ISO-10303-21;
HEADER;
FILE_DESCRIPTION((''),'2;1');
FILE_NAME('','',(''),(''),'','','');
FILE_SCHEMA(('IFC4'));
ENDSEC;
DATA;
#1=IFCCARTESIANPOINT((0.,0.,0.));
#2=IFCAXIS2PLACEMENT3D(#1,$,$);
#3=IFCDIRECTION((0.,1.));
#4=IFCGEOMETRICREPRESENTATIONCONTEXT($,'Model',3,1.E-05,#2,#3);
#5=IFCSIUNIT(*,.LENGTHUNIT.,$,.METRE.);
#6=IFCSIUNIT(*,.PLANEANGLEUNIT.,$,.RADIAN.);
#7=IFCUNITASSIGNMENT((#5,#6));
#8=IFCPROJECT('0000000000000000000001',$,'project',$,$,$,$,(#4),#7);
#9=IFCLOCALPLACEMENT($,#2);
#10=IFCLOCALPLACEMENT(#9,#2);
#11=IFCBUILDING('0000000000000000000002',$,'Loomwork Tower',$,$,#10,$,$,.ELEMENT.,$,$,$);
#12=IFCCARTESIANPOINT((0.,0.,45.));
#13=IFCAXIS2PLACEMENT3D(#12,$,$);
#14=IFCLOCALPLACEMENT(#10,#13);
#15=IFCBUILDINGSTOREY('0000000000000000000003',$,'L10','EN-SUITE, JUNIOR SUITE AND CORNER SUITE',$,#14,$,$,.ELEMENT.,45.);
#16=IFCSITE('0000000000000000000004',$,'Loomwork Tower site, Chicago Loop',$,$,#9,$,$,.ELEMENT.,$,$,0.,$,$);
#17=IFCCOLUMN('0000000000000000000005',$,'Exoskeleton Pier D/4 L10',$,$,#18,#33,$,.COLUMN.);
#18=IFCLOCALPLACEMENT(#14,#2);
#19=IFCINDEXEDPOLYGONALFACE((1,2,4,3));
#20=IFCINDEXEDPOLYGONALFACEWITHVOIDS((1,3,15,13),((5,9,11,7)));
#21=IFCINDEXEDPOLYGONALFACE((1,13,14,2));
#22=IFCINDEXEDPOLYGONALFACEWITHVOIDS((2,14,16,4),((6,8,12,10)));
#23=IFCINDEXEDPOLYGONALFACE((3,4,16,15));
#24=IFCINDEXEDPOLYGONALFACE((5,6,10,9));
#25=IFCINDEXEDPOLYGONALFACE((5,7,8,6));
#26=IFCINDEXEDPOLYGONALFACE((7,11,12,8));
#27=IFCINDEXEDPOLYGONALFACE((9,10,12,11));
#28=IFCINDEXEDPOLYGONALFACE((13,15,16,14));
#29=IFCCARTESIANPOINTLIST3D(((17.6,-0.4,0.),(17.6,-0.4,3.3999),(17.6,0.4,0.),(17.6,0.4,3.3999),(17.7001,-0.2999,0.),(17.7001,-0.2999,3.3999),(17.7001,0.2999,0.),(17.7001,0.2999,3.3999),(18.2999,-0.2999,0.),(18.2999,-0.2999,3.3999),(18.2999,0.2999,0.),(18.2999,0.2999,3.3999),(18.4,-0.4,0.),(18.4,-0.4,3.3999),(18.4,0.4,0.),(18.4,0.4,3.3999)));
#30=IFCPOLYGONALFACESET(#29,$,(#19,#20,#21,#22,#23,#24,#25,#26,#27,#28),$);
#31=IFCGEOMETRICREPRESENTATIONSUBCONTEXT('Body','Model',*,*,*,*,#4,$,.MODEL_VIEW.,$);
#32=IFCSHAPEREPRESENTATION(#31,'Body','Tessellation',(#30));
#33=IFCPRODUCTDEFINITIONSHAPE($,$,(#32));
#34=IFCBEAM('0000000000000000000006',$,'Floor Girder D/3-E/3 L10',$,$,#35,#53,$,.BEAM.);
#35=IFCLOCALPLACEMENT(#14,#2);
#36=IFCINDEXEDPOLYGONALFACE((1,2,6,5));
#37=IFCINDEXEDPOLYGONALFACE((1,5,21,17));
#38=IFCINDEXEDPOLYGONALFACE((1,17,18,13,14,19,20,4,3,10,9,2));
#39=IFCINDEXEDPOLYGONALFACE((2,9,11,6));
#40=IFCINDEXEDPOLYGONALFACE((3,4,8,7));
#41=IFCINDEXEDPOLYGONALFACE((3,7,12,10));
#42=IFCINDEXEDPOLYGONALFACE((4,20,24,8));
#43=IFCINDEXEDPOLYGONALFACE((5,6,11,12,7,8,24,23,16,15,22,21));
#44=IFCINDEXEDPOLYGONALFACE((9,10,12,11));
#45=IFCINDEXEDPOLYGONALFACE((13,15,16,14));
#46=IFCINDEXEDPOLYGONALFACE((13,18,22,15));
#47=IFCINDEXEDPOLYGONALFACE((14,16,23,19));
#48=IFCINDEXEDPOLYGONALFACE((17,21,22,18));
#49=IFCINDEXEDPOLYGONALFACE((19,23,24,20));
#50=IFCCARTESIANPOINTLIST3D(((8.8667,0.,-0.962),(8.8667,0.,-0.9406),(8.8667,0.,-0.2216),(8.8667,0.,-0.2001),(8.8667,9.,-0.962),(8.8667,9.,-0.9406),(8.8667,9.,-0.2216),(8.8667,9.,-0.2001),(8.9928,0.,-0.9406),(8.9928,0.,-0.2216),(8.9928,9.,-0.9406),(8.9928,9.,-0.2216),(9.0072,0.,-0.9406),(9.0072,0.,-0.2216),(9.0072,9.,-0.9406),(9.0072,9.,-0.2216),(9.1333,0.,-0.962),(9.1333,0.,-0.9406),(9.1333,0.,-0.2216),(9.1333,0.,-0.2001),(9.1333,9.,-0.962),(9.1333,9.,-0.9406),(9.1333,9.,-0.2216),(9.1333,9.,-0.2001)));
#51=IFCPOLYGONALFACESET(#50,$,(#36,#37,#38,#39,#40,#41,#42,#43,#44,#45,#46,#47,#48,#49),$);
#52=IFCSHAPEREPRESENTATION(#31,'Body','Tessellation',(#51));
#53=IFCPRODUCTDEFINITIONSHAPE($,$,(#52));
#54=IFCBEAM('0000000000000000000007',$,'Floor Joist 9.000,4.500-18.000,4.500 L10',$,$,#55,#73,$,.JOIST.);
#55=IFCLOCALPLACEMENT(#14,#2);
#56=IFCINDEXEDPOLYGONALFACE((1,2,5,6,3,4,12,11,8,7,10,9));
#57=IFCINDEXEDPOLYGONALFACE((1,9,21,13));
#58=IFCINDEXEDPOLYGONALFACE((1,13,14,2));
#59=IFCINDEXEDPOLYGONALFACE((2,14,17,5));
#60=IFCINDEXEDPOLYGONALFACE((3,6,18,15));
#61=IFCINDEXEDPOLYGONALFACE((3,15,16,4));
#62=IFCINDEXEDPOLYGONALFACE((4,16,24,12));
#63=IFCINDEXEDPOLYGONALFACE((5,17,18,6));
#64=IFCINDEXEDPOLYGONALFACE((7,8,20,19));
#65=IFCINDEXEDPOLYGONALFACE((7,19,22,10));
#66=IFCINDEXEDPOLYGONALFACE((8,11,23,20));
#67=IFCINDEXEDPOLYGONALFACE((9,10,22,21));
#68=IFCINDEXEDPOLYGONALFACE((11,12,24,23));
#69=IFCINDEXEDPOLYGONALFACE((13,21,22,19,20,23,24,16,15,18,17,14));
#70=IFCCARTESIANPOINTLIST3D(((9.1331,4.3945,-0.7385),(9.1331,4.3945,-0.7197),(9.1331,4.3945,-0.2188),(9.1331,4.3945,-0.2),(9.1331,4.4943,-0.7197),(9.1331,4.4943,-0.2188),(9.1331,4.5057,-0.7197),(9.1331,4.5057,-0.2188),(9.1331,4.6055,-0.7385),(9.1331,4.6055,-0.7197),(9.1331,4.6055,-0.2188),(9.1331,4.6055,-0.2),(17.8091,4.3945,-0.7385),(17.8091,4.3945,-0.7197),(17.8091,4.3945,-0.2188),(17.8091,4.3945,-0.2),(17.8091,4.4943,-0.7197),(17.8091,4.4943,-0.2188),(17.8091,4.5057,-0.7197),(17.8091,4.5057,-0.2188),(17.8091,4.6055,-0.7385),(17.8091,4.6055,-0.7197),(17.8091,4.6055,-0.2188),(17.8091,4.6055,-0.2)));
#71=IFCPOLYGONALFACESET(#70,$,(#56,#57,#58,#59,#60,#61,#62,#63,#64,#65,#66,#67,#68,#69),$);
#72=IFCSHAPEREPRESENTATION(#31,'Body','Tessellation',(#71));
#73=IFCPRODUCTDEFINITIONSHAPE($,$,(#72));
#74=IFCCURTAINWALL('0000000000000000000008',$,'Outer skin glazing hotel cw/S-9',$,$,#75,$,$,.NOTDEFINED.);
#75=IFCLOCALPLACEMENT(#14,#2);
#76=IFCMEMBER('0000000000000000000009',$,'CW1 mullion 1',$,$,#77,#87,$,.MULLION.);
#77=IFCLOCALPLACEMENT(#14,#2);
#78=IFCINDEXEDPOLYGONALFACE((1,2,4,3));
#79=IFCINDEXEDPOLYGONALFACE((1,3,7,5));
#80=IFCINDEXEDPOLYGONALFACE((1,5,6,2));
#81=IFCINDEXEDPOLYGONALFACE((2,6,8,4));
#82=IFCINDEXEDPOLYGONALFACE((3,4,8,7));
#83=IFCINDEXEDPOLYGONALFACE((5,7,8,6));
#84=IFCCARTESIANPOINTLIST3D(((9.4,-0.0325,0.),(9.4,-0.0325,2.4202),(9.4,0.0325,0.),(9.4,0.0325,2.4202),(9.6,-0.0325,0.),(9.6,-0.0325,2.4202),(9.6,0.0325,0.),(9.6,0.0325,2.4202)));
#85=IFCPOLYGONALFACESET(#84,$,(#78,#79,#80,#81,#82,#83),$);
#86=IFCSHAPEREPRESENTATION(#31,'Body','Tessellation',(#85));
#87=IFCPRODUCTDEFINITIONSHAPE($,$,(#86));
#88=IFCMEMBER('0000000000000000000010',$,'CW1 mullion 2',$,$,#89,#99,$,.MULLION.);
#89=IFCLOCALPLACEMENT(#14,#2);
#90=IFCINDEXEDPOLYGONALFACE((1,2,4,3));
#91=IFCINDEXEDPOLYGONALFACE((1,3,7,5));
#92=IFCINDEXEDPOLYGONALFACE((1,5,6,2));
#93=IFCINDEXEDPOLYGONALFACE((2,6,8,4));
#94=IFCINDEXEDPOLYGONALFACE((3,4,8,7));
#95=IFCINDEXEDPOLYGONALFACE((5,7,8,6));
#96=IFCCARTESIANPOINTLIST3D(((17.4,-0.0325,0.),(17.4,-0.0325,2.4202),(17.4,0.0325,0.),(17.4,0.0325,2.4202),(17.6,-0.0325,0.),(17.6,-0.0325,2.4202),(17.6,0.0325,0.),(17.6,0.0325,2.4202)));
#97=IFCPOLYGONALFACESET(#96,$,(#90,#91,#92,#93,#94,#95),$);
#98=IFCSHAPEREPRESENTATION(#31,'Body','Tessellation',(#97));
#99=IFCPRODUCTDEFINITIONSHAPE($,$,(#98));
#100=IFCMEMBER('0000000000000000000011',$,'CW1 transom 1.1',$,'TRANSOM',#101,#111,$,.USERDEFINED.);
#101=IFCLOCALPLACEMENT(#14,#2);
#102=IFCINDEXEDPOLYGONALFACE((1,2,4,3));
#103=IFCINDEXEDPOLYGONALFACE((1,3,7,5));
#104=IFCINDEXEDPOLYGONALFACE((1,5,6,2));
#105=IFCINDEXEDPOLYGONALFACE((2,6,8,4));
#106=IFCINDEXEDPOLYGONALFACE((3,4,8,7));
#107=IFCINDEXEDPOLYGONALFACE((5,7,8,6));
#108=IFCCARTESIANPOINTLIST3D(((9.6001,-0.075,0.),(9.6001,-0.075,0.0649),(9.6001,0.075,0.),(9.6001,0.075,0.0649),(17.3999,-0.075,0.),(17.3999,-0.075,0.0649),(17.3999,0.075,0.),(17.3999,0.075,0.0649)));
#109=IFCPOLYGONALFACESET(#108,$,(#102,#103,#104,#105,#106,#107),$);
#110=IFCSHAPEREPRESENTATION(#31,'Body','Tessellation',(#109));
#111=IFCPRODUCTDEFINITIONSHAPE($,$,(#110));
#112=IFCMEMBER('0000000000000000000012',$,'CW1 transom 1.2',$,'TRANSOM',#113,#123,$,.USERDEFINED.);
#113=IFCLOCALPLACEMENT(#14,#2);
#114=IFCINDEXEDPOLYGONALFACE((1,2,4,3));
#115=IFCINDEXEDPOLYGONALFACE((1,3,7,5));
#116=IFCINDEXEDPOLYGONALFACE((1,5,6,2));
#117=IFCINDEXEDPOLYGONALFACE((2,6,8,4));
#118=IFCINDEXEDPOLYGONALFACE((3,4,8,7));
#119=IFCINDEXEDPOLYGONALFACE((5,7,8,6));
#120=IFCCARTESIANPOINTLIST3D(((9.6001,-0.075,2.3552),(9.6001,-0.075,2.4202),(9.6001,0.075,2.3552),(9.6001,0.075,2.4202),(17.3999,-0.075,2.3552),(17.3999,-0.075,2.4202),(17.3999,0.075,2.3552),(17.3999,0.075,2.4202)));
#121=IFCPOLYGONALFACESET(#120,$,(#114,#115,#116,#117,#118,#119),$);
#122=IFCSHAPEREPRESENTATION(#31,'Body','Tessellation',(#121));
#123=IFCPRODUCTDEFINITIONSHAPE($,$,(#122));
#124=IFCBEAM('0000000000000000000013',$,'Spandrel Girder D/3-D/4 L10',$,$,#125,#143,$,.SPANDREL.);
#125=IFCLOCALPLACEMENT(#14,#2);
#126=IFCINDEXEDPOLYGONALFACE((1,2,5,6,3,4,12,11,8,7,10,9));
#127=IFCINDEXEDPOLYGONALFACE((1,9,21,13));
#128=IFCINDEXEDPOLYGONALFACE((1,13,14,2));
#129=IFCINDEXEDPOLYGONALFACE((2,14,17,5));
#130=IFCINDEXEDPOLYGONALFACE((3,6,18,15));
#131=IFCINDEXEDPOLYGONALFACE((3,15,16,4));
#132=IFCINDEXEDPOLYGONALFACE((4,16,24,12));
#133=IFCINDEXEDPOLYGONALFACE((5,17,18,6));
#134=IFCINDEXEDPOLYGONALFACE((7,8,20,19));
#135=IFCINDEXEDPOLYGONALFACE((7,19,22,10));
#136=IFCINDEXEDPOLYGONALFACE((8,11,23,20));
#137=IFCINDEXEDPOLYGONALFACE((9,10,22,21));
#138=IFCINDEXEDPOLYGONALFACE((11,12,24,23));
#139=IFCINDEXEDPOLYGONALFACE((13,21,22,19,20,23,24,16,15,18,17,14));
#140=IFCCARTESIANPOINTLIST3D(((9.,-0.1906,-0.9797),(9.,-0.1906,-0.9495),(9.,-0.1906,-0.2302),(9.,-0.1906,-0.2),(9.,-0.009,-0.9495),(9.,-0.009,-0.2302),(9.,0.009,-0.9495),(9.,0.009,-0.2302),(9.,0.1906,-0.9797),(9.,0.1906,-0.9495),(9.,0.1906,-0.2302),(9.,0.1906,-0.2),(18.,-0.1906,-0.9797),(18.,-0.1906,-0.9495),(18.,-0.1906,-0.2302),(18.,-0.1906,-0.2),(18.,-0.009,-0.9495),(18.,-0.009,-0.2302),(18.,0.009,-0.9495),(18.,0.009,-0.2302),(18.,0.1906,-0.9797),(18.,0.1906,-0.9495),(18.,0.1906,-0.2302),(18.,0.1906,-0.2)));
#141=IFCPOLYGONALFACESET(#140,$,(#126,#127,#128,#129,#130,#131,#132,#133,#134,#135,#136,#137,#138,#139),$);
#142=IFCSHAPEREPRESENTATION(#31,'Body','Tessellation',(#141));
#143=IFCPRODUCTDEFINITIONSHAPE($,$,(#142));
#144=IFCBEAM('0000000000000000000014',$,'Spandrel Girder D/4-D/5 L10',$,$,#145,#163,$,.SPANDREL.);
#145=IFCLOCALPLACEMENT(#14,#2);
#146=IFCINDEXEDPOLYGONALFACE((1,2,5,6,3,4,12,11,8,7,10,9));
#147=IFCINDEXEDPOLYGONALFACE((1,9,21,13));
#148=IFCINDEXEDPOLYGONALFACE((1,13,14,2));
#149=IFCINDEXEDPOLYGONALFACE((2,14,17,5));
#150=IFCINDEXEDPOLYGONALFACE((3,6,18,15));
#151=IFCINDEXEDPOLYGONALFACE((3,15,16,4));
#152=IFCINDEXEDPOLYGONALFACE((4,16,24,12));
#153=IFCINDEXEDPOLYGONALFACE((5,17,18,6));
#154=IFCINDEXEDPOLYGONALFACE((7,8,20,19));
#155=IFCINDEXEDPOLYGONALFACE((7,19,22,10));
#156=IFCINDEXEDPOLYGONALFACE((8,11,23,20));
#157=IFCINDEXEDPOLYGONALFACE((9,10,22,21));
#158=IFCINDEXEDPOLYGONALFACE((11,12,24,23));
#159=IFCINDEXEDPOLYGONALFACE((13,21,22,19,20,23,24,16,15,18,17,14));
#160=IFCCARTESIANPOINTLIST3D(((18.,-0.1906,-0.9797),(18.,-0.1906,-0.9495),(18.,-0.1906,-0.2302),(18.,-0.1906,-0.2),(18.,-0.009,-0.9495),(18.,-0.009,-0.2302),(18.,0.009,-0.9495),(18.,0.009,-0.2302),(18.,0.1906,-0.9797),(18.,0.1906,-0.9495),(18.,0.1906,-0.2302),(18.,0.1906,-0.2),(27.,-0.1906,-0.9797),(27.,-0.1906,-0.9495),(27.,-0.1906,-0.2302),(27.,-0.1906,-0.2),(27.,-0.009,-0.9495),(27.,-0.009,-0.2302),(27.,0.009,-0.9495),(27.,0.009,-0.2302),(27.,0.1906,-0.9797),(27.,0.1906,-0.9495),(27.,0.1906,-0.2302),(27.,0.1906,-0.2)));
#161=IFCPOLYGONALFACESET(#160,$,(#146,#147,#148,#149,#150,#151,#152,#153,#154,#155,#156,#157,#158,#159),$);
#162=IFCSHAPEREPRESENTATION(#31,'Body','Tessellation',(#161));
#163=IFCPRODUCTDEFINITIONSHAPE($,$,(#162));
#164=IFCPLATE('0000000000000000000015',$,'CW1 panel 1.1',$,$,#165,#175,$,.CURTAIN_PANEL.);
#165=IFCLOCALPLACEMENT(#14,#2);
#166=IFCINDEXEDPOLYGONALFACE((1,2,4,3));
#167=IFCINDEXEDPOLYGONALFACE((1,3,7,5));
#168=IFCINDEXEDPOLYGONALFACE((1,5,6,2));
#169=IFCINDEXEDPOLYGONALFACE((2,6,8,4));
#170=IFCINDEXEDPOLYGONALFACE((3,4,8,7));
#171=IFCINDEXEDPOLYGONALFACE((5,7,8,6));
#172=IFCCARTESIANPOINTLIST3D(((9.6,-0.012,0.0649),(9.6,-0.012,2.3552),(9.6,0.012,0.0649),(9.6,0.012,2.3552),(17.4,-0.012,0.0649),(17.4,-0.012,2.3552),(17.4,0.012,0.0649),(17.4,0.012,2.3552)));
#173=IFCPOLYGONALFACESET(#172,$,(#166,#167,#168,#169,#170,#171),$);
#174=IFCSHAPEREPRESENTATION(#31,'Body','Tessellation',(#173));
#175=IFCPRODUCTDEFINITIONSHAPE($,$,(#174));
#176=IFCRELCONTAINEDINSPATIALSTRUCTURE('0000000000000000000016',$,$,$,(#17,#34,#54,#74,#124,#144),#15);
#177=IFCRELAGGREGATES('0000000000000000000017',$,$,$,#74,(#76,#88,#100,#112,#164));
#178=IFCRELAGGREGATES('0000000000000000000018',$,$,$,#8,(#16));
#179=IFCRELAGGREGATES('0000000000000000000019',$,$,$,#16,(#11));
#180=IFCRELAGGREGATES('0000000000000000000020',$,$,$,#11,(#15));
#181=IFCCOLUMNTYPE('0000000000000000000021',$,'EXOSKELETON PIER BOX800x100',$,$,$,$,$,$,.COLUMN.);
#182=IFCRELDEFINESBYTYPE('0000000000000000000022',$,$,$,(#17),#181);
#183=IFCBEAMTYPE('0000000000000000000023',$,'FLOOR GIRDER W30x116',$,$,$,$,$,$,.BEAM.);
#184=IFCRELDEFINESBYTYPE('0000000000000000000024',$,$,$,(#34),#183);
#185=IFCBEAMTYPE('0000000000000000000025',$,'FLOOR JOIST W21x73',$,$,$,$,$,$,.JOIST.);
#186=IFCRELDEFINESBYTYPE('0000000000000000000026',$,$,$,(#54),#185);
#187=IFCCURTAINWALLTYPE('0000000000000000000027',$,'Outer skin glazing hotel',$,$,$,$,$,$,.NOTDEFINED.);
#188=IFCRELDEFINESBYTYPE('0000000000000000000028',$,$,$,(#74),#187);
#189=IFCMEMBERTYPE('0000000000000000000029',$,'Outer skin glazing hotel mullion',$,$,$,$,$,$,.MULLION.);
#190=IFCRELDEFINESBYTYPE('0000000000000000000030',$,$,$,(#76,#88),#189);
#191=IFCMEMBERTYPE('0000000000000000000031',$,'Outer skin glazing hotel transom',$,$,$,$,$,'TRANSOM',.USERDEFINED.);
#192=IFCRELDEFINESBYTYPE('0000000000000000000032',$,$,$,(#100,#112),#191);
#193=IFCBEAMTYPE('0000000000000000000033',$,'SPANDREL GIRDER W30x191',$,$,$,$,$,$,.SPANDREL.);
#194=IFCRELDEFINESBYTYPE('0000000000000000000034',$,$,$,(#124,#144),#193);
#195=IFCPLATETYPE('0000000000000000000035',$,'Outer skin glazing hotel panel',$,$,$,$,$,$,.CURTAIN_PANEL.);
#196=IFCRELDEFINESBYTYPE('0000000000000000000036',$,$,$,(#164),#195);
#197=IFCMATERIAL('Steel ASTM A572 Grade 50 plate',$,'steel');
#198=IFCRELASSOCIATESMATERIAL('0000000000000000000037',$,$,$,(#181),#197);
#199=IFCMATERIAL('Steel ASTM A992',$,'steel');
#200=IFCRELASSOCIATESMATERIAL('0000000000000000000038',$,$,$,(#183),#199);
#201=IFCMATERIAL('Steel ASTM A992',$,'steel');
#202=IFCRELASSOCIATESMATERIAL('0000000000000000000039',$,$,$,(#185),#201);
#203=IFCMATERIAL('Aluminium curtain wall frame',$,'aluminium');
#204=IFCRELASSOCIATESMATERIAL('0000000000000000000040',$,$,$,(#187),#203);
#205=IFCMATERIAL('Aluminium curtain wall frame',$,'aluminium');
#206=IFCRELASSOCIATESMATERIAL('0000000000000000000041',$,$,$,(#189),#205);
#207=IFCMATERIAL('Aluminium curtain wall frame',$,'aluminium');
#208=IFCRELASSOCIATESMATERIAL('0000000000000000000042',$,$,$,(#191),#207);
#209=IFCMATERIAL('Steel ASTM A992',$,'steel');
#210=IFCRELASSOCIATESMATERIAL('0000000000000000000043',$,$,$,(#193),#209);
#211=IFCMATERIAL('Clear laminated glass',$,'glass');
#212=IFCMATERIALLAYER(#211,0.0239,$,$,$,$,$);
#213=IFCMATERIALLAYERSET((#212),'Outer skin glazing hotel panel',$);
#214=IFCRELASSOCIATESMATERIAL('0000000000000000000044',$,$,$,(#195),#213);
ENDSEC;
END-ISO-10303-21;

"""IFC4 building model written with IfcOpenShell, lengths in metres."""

from ifc_helpers import new_model, si_unit, direction, frame, origin, origin_2d, place, context, subcontext, project, spatial, rectangle, hollow_rectangle, i_section, extrude, material, layer, layer_set, material_profile, profile_set, type_object, element, aggregate, save


model = new_model("IFC4")

# Units and contexts
model_context = context("Model", 3, precision=1e-05, world=origin(), true_north=direction((0.0, 1.0)))
body_context = subcontext(model_context, "Body", "Model", "MODEL_VIEW")
ifc_project = project(units=[si_unit("LENGTHUNIT", "METRE"), si_unit("PLANEANGLEUNIT", "RADIAN")], contexts=[model_context])

# Site, building, storey
site_placement = place(None, origin())
site = spatial("IfcSite", under=ifc_project, at=site_placement, Name="Loomwork Tower site, Chicago Loop", CompositionType="ELEMENT", RefElevation=0.0)
building_placement = place(site_placement, origin())
building = spatial("IfcBuilding", under=site, at=building_placement, Name="Loomwork Tower", CompositionType="ELEMENT")
storey_placement = place(building_placement, frame((0.0, 0.0, 45.0)))
storey = spatial("IfcBuildingStorey", under=building, at=storey_placement, Name="L10", Description="EN-SUITE, JUNIOR SUITE AND CORNER SUITE", CompositionType="ELEMENT", Elevation=45.0)

# Column
ifc_material_1 = material(Name="Steel ASTM A572 Grade 50 plate", Category="steel")
ifc_material_profile_1 = material_profile(ifc_material_1, hollow_rectangle(XDim=0.8, YDim=0.8, WallThickness=0.1001, at=origin_2d()), Name="BOX800x100")
ifc_profile_set_1 = profile_set([ifc_material_profile_1], Name="Steel ASTM A572 Grade 50 plate")
column_type = type_object("IfcColumnType", Name="EXOSKELETON PIER BOX800x100", PredefinedType="COLUMN", material=ifc_profile_set_1)
column_placement = place(storey_placement, frame((18.0, 0.0, 0.0), z_axis=(0.0, 0.0, 1.0), x_axis=(1.0, 0.0, 0.0)))
element("IfcColumn", 1, at=column_placement, inside=storey, type_object=column_type, Name="Exoskeleton Pier D/4 L10", PredefinedType="COLUMN", context=body_context, shape_type="SweptSolid", body=[
    extrude(hollow_rectangle(XDim=0.8, YDim=0.8, WallThickness=0.1001, at=origin_2d()), origin(), (0.0, 0.0, 1.0), 3.3999),
])

# Beams
ifc_material_2 = material(Name="Steel ASTM A992", Category="steel")
ifc_material_profile_2 = material_profile(ifc_material_2, i_section(OverallWidth=0.2666, OverallDepth=0.762, WebThickness=0.0144, FlangeThickness=0.0215, at=origin_2d()), Name="W30x116")
ifc_profile_set_2 = profile_set([ifc_material_profile_2], Name="Steel ASTM A992")
beam_type_1 = type_object("IfcBeamType", Name="FLOOR GIRDER W30x116", PredefinedType="BEAM", material=ifc_profile_set_2)
beam_1_placement = place(storey_placement, frame((9.0, 0.0, -0.5811), z_axis=(0.0, 1.0, 0.0), x_axis=(-1.0, 0.0, 0.0)))
element("IfcBeam", 2, at=beam_1_placement, inside=storey, type_object=beam_type_1, Name="Floor Girder D/3-E/3 L10", PredefinedType="BEAM", context=body_context, shape_type="SweptSolid", body=[
    extrude(i_section(OverallWidth=0.2666, OverallDepth=0.762, WebThickness=0.0144, FlangeThickness=0.0215, at=origin_2d()), origin(), (0.0, 0.0, 1.0), 9.0),
])
ifc_material_3 = material(Name="Steel ASTM A992", Category="steel")
ifc_material_profile_3 = material_profile(ifc_material_3, i_section(OverallWidth=0.2109, OverallDepth=0.5386, WebThickness=0.0115, FlangeThickness=0.0188, at=origin_2d()), Name="W21x73")
ifc_profile_set_3 = profile_set([ifc_material_profile_3], Name="Steel ASTM A992")
beam_type_2 = type_object("IfcBeamType", Name="FLOOR JOIST W21x73", PredefinedType="JOIST", material=ifc_profile_set_3)
beam_2_placement = place(storey_placement, frame((9.1331, 4.5, -0.4692), z_axis=(1.0, 0.0, 0.0), x_axis=(0.0, 1.0, 0.0)))
element("IfcBeam", 3, at=beam_2_placement, inside=storey, type_object=beam_type_2, Name="Floor Joist 9.000,4.500-18.000,4.500 L10", PredefinedType="JOIST", context=body_context, shape_type="SweptSolid", body=[
    extrude(i_section(OverallWidth=0.2109, OverallDepth=0.5386, WebThickness=0.0115, FlangeThickness=0.0188, at=origin_2d()), origin(), (0.0, 0.0, 1.0), 8.676),
])

# Curtain wall, members
ifc_material_4 = material(Name="Aluminium curtain wall frame", Category="aluminium")
curtain_wall_type = type_object("IfcCurtainWallType", Name="Outer skin glazing hotel", PredefinedType="NOTDEFINED", material=ifc_material_4)
curtain_wall_placement = place(storey_placement, origin())
curtain_wall = element("IfcCurtainWall", 4, at=curtain_wall_placement, inside=storey, type_object=curtain_wall_type, Name="Outer skin glazing hotel cw/S-9", PredefinedType="NOTDEFINED")
ifc_material_5 = material(Name="Aluminium curtain wall frame", Category="aluminium")
ifc_material_profile_4 = material_profile(ifc_material_5, rectangle(XDim=0.0649, YDim=0.2, at=origin_2d()), Name="AL 65x200")
ifc_profile_set_4 = profile_set([ifc_material_profile_4], Name="Aluminium curtain wall frame")
member_type_1 = type_object("IfcMemberType", Name="Outer skin glazing hotel mullion", PredefinedType="MULLION", material=ifc_profile_set_4)
member_1_placement = place(storey_placement, frame((9.5, 0.0, 0.0), z_axis=(0.0, 0.0, 1.0), x_axis=(0.0, 1.0, 0.0)))
member_1 = element("IfcMember", 5, at=member_1_placement, type_object=member_type_1, Name="CW1 mullion 1", PredefinedType="MULLION", context=body_context, shape_type="SweptSolid", body=[
    extrude(rectangle(XDim=0.0649, YDim=0.2, at=origin_2d()), origin(), (0.0, 0.0, 1.0), 2.4202),
])
member_2_placement = place(storey_placement, frame((17.5, 0.0, 0.0), z_axis=(0.0, 0.0, 1.0), x_axis=(0.0, 1.0, 0.0)))
member_2 = element("IfcMember", 6, at=member_2_placement, type_object=member_type_1, Name="CW1 mullion 2", PredefinedType="MULLION", context=body_context, shape_type="SweptSolid", body=[
    extrude(rectangle(XDim=0.0649, YDim=0.2, at=origin_2d()), origin(), (0.0, 0.0, 1.0), 2.4202),
])
ifc_material_6 = material(Name="Aluminium curtain wall frame", Category="aluminium")
ifc_material_profile_5 = material_profile(ifc_material_6, rectangle(XDim=0.1499, YDim=0.0649, at=origin_2d()), Name="AL 65x150")
ifc_profile_set_5 = profile_set([ifc_material_profile_5], Name="Aluminium curtain wall frame")
member_type_2 = type_object("IfcMemberType", Name="Outer skin glazing hotel transom", ElementType="TRANSOM", PredefinedType="USERDEFINED", material=ifc_profile_set_5)
member_3_placement = place(storey_placement, frame((9.6001, 0.0, 0.0325), z_axis=(1.0, 0.0, 0.0), x_axis=(0.0, 1.0, 0.0)))
member_3 = element("IfcMember", 7, at=member_3_placement, type_object=member_type_2, Name="CW1 transom 1.1", ObjectType="TRANSOM", PredefinedType="USERDEFINED", context=body_context, shape_type="SweptSolid", body=[
    extrude(rectangle(XDim=0.1499, YDim=0.0649, at=origin_2d()), origin(), (0.0, 0.0, 1.0), 7.7998),
])
member_4_placement = place(storey_placement, frame((9.6001, 0.0, 2.3877), z_axis=(1.0, 0.0, 0.0), x_axis=(0.0, 1.0, 0.0)))
member_4 = element("IfcMember", 8, at=member_4_placement, type_object=member_type_2, Name="CW1 transom 1.2", ObjectType="TRANSOM", PredefinedType="USERDEFINED", context=body_context, shape_type="SweptSolid", body=[
    extrude(rectangle(XDim=0.1499, YDim=0.0649, at=origin_2d()), origin(), (0.0, 0.0, 1.0), 7.7998),
])

# Beams
ifc_material_7 = material(Name="Steel ASTM A992", Category="steel")
ifc_material_profile_6 = material_profile(ifc_material_7, i_section(OverallWidth=0.3811, OverallDepth=0.7798, WebThickness=0.0181, FlangeThickness=0.0303, at=origin_2d()), Name="W30x191")
ifc_profile_set_6 = profile_set([ifc_material_profile_6], Name="Steel ASTM A992")
beam_type_3 = type_object("IfcBeamType", Name="SPANDREL GIRDER W30x191", PredefinedType="SPANDREL", material=ifc_profile_set_6)
for number, where, z_axis, x_axis, name in (
    (9, (9.0, 0.0, -0.5898), (1.0, 0.0, 0.0), (0.0, 1.0, 0.0), "Spandrel Girder D/3-D/4 L10"),
    (10, (18.0, 0.0, -0.5898), (1.0, 0.0, 0.0), (0.0, 1.0, 0.0), "Spandrel Girder D/4-D/5 L10"),
):
    element("IfcBeam", number, at=place(storey_placement, frame(where, z_axis=z_axis, x_axis=x_axis)), inside=storey, type_object=beam_type_3, Name=name, PredefinedType="SPANDREL", context=body_context, shape_type="SweptSolid", body=[
        extrude(i_section(OverallWidth=0.3811, OverallDepth=0.7798, WebThickness=0.0181, FlangeThickness=0.0303, at=origin_2d()), origin(), (0.0, 0.0, 1.0), 9.0),
    ])

# Plate
ifc_material_8 = material(Name="Clear laminated glass", Category="glass")
ifc_layer_1 = layer(ifc_material_8, 0.0239)
ifc_layer_set_1 = layer_set([ifc_layer_1], Name="Outer skin glazing hotel panel")
plate_type = type_object("IfcPlateType", Name="Outer skin glazing hotel panel", PredefinedType="CURTAIN_PANEL", material=ifc_layer_set_1)
plate_placement = place(storey_placement, frame((13.5, 0.0, 0.0649), z_axis=(0.0, 0.0, 1.0), x_axis=(1.0, 0.0, 0.0)))
plate = element("IfcPlate", 11, at=plate_placement, type_object=plate_type, Name="CW1 panel 1.1", PredefinedType="CURTAIN_PANEL", context=body_context, shape_type="SweptSolid", body=[
    extrude(rectangle(XDim=7.8, YDim=0.0239, at=origin_2d()), origin(), (0.0, 0.0, 1.0), 2.2903),
])
aggregate(curtain_wall, [member_1, member_2, member_3, member_4, plate])

save(model, "model.ifc")
